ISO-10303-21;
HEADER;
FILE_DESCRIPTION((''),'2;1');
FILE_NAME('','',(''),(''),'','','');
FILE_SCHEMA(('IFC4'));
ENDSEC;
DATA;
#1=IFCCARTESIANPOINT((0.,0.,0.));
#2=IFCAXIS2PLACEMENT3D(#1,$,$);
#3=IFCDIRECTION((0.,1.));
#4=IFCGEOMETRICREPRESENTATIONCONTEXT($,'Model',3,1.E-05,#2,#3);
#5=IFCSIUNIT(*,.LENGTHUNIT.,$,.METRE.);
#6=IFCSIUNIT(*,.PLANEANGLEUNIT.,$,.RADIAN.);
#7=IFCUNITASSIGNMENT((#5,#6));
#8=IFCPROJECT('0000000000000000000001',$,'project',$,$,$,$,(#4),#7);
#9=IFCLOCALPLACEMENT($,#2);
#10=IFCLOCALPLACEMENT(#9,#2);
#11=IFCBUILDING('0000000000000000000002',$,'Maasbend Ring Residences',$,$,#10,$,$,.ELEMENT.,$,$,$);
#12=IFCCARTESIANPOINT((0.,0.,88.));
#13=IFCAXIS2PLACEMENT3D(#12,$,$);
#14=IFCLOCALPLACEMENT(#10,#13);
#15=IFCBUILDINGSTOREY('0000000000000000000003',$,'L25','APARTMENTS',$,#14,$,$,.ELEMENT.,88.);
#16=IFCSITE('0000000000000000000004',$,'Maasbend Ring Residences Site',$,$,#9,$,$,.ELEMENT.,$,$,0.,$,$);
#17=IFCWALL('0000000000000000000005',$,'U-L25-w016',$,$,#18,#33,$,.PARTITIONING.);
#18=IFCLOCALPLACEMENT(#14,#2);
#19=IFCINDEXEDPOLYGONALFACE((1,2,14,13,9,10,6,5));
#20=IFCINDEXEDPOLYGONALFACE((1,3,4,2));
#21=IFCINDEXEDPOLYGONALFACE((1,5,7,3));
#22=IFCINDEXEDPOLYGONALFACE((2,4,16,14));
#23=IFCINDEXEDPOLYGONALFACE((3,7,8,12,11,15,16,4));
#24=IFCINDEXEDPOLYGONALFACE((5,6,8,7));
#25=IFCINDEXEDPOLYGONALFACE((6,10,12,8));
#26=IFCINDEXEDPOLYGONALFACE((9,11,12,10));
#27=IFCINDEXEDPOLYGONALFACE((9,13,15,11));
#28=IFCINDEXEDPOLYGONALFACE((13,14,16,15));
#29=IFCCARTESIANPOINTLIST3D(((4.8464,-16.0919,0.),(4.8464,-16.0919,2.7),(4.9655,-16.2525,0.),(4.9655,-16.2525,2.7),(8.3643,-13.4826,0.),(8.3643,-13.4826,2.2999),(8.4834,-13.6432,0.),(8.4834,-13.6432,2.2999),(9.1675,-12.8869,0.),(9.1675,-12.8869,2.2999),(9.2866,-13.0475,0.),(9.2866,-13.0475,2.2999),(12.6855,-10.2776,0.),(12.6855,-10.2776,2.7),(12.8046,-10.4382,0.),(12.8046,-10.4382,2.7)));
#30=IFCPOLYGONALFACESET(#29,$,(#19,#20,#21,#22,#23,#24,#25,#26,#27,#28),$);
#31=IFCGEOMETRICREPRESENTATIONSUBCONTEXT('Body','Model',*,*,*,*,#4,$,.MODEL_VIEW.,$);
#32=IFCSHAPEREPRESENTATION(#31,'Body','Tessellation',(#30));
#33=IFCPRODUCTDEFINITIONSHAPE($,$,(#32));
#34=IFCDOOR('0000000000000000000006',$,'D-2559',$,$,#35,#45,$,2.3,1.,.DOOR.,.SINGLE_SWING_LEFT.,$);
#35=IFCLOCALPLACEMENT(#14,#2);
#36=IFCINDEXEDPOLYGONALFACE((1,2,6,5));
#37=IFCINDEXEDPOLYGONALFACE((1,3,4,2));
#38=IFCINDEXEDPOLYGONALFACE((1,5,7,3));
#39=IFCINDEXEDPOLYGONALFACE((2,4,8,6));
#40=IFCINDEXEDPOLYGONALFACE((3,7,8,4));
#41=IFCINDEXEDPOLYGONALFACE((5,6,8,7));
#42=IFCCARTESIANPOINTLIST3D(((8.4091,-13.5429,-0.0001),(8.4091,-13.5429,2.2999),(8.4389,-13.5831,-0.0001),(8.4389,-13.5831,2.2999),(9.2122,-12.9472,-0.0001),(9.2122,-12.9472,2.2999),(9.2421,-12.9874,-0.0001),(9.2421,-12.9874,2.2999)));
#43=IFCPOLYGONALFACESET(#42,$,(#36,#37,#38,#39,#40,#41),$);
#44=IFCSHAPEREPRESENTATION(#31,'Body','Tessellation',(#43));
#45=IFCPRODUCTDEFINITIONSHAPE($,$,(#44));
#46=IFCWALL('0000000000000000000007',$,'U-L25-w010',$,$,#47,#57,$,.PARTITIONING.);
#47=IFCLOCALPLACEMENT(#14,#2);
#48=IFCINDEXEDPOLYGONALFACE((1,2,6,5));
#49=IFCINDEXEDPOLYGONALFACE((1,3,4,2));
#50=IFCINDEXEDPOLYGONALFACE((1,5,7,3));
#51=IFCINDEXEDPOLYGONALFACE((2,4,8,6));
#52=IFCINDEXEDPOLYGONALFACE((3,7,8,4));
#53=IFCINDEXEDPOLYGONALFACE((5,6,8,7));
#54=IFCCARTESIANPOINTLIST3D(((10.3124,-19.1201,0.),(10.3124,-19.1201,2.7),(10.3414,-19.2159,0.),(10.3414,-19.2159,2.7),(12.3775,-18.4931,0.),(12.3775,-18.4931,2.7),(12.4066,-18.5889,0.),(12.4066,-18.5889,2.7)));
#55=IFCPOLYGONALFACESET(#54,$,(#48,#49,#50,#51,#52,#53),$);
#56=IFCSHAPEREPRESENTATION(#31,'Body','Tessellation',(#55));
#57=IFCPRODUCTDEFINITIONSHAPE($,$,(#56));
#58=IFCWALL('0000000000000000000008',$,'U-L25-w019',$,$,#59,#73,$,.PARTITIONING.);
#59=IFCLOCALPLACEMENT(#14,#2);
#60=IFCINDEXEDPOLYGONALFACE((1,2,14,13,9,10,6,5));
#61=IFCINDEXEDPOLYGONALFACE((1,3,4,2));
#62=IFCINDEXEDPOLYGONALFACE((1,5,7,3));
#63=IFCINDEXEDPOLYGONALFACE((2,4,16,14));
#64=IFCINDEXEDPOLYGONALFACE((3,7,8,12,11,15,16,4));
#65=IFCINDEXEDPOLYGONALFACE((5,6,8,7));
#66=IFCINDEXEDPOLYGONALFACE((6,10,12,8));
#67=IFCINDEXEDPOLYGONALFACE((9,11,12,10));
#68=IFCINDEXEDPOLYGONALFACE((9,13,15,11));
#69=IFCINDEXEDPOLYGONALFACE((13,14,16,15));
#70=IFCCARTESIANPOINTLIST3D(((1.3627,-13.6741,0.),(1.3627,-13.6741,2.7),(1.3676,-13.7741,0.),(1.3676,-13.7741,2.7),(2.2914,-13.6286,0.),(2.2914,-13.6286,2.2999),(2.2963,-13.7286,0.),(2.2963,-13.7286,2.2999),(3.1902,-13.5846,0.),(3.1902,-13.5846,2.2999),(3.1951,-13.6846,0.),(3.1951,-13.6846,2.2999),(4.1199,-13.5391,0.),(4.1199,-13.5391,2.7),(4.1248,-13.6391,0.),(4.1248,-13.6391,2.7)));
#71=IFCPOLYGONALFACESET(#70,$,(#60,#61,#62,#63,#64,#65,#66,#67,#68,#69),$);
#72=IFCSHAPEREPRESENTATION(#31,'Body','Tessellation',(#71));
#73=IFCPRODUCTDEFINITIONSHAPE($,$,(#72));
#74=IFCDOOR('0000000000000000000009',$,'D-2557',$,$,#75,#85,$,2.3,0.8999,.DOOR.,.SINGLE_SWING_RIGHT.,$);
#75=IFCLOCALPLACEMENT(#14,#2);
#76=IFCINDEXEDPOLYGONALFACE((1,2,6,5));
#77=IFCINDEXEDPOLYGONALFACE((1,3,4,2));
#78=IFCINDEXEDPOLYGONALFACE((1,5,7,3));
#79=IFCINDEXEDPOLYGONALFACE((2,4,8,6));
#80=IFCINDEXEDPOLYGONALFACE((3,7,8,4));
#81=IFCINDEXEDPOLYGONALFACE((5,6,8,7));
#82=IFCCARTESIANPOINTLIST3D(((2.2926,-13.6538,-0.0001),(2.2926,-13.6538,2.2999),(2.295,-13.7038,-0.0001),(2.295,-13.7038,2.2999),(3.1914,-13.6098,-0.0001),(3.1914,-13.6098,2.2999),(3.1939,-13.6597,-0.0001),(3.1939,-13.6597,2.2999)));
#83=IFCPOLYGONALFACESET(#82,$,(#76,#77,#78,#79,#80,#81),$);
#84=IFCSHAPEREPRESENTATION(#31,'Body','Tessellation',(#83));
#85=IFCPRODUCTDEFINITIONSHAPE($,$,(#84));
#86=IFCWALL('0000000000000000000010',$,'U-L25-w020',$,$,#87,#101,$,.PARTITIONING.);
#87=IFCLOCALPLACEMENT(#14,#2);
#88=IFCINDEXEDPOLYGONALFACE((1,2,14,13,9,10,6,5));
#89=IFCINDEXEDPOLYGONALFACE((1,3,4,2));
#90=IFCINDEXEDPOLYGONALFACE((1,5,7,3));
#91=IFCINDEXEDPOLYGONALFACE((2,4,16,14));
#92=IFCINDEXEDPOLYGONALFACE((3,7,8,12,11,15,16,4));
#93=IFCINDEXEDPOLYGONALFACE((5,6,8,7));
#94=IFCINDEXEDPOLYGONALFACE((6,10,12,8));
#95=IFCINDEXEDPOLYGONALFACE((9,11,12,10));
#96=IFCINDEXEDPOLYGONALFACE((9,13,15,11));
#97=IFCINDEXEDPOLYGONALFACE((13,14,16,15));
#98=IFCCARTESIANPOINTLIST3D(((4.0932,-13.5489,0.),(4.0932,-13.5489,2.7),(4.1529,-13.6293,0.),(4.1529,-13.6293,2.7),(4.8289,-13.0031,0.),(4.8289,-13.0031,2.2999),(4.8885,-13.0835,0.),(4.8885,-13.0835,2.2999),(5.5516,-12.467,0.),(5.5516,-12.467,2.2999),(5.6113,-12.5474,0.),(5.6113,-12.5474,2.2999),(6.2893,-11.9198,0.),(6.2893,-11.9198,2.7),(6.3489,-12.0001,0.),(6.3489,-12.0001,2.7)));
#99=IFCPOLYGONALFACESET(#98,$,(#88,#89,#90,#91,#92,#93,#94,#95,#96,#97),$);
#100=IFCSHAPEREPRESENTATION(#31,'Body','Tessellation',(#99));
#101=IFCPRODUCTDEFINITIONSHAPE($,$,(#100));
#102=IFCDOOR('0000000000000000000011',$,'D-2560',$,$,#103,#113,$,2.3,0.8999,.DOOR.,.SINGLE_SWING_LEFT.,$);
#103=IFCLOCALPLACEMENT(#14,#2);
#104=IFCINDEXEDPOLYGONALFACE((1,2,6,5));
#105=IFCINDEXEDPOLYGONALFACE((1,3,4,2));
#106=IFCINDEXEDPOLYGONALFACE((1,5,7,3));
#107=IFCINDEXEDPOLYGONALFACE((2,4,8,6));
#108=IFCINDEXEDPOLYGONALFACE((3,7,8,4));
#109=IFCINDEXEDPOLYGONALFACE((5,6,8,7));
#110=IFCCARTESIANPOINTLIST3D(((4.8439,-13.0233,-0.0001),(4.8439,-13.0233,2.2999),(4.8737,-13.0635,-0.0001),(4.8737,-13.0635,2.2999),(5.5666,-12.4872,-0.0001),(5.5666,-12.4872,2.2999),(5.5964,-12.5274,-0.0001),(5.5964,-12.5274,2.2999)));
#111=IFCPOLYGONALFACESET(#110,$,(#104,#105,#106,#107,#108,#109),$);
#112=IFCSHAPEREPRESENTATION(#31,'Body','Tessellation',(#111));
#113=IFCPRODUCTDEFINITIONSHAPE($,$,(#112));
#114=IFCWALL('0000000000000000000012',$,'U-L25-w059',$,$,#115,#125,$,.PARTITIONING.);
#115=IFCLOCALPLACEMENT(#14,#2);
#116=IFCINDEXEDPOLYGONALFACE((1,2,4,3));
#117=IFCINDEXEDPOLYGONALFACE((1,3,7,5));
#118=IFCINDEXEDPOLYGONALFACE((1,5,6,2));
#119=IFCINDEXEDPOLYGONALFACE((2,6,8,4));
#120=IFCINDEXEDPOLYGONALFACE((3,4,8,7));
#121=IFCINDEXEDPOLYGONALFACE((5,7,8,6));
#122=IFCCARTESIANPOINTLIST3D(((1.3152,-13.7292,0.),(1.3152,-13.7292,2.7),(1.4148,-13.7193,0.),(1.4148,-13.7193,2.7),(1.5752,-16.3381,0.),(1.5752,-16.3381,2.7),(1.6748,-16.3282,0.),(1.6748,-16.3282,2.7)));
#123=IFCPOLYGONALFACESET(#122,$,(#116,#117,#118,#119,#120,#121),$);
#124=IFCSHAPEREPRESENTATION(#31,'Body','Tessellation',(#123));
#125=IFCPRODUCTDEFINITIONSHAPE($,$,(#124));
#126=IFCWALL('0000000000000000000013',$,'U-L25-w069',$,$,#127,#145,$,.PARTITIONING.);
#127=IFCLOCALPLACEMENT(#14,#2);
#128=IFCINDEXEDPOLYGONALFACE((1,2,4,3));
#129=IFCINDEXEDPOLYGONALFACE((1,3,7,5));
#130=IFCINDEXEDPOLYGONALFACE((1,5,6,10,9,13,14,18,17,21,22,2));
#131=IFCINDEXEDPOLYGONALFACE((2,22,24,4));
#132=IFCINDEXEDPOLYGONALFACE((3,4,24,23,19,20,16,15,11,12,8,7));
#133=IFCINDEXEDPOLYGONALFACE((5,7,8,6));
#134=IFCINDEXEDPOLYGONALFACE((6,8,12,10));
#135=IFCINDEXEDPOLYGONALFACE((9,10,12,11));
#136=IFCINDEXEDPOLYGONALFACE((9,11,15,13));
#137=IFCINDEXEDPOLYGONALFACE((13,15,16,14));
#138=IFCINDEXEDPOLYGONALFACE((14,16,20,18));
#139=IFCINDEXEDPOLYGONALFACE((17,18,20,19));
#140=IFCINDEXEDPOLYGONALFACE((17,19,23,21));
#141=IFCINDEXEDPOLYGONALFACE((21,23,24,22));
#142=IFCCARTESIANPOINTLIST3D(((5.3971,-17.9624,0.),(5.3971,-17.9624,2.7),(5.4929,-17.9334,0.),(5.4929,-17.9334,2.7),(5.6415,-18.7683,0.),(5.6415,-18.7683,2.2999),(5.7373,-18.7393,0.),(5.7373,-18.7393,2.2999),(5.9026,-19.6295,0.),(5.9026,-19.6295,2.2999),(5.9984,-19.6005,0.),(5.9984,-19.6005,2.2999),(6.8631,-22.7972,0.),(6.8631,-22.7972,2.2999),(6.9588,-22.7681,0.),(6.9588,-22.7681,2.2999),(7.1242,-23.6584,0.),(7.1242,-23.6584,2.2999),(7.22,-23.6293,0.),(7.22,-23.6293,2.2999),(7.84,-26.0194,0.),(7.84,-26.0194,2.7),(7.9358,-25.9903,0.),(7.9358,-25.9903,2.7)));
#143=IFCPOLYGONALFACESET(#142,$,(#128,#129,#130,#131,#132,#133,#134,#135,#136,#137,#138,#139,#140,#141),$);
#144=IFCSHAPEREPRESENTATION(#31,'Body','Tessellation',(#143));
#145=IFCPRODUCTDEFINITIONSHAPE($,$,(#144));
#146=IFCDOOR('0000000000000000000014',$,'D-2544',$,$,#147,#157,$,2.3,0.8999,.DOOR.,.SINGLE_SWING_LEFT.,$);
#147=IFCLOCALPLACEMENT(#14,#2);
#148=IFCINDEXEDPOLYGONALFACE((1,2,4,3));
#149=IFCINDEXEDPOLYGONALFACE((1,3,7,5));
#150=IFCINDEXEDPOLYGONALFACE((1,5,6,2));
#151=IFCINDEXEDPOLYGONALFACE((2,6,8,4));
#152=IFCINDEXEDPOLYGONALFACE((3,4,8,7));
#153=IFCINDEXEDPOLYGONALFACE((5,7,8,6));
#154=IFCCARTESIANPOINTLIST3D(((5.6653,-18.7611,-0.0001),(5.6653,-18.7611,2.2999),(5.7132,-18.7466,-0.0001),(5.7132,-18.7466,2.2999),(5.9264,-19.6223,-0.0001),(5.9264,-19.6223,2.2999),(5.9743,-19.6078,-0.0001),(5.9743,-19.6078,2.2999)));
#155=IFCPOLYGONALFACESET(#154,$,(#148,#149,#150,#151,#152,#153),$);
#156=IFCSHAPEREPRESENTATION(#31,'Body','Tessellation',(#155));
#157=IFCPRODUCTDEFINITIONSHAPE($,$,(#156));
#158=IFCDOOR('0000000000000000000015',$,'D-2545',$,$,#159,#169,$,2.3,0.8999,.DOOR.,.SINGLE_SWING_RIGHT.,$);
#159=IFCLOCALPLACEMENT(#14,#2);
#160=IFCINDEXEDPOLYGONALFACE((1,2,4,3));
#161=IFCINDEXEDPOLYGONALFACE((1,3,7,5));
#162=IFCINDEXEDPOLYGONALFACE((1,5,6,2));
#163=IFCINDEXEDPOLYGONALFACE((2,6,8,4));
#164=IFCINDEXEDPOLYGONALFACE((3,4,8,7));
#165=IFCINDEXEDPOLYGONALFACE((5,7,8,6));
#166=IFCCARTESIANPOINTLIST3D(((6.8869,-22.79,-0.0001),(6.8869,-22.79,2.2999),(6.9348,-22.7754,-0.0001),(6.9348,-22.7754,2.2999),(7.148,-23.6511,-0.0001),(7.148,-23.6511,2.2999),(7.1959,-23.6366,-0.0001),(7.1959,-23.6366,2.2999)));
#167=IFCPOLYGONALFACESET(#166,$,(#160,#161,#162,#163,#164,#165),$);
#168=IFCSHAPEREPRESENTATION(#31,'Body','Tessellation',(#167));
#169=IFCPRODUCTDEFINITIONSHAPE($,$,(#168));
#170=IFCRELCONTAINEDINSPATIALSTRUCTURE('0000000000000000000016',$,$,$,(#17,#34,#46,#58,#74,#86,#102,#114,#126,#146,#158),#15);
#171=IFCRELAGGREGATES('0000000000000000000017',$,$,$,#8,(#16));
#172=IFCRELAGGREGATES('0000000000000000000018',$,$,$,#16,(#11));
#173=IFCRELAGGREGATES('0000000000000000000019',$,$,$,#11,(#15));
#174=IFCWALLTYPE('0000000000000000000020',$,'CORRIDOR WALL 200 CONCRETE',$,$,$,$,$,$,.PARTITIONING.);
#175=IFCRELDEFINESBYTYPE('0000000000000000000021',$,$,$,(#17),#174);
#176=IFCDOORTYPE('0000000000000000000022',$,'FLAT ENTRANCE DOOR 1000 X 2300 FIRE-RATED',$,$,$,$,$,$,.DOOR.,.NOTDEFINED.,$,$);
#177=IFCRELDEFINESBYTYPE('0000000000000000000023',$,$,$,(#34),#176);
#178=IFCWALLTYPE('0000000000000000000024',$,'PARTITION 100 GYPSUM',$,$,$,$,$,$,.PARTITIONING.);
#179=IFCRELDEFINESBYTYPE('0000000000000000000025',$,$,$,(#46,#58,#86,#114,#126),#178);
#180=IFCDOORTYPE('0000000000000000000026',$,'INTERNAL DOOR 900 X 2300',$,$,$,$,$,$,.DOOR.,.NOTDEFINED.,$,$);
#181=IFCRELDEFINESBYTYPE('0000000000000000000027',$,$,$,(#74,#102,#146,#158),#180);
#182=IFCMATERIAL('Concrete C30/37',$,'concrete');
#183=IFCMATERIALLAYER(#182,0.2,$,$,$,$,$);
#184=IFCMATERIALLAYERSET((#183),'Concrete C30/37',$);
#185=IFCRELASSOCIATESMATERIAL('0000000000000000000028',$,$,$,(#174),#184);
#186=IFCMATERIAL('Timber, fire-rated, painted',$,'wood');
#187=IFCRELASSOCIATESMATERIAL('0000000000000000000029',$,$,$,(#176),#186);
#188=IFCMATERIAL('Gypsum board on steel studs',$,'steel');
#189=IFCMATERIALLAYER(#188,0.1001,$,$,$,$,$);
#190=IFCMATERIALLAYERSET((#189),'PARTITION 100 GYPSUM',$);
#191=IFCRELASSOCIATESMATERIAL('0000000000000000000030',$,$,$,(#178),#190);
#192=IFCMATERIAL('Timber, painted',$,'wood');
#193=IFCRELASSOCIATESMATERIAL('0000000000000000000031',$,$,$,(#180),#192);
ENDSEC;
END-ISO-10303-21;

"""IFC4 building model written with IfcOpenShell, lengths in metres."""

from ifc_helpers import new_model, si_unit, direction, frame, frame_2d, origin, place, context, subcontext, project, spatial, rectangle, extrude, material, layer, layer_set, type_object, element, fill, save


model = new_model("IFC4")

# Units and contexts
model_context = context("Model", 3, precision=1e-05, world=origin(), true_north=direction((0.0, 1.0)))
body_context = subcontext(model_context, "Body", "Model", "MODEL_VIEW")
ifc_project = project(units=[si_unit("LENGTHUNIT", "METRE"), si_unit("PLANEANGLEUNIT", "RADIAN")], contexts=[model_context])

# Site, building, storey
site_placement = place(None, origin())
site = spatial("IfcSite", under=ifc_project, at=site_placement, Name="Maasbend Ring Residences Site", CompositionType="ELEMENT", RefElevation=0.0)
building_placement = place(site_placement, origin())
building = spatial("IfcBuilding", under=site, at=building_placement, Name="Maasbend Ring Residences", CompositionType="ELEMENT")
storey_placement = place(building_placement, frame((0.0, 0.0, 88.0)))
storey = spatial("IfcBuildingStorey", under=building, at=storey_placement, Name="L25", Description="APARTMENTS", CompositionType="ELEMENT", Elevation=88.0)

# Wall, opening, door
ifc_material_1 = material(Name="Concrete C30/37", Category="concrete")
ifc_layer_1 = layer(ifc_material_1, 0.2)
ifc_layer_set_1 = layer_set([ifc_layer_1], Name="Concrete C30/37")
wall_type_1 = type_object("IfcWallType", Name="CORRIDOR WALL 200 CONCRETE", PredefinedType="PARTITIONING", material=ifc_layer_set_1)
ifc_material_2 = material(Name="Timber, fire-rated, painted", Category="wood")
door_type_1 = type_object("IfcDoorType", Name="FLAT ENTRANCE DOOR 1000 X 2300 FIRE-RATED", OperationType="NOTDEFINED", PredefinedType="DOOR", material=ifc_material_2)
wall_1_placement = place(storey_placement, frame((4.906, -16.1721, 0.0), z_axis=(0.0, 0.0, 1.0), x_axis=(0.803191, 0.595721, 0.0)))
wall_1 = element("IfcWall", 1, at=wall_1_placement, inside=storey, type_object=wall_type_1, Name="U-L25-w016", PredefinedType="PARTITIONING", context=body_context, shape_type="SweptSolid", body=[
    extrude(rectangle(XDim=9.76, YDim=0.2, at=frame_2d((4.8799, 0.0))), origin(), (0.0, 0.0, 1.0), 2.7),
])
opening_1_placement = place(wall_1_placement, frame((4.3799, 0.0, 0.0)))
opening_1 = element("IfcOpeningElement", 2, at=opening_1_placement, cuts=wall_1, PredefinedType="OPENING", context=body_context, shape_type="SweptSolid", body=[
    extrude(rectangle(XDim=1.0, YDim=2.3, at=frame_2d((0.5, 1.1499))), frame((0.0, 0.1099, 0.0), z_axis=(0.0, -1.0, 0.0), x_axis=(1.0, 0.0, 0.0)), (0.0, 0.0, 1.0), 0.22),
])
door_1_placement = place(opening_1_placement, origin())
door_1 = element("IfcDoor", 3, at=door_1_placement, inside=storey, type_object=door_type_1, Name="D-2559", OperationType="SINGLE_SWING_LEFT", OverallHeight=2.3, OverallWidth=1.0, PredefinedType="DOOR", context=body_context, shape_type="SweptSolid", body=[
    extrude(rectangle(XDim=1.0, YDim=2.3, at=frame_2d((0.5, 1.1499))), frame((0.0, 0.0249, 0.0), z_axis=(0.0, -1.0, 0.0), x_axis=(1.0, 0.0, 0.0)), (0.0, 0.0, 1.0), 0.05),
])
fill(opening_1, door_1)

# Wall
ifc_material_3 = material(Name="Gypsum board on steel studs", Category="steel")
ifc_layer_2 = layer(ifc_material_3, 0.1001)
ifc_layer_set_2 = layer_set([ifc_layer_2], Name="PARTITION 100 GYPSUM")
wall_type_2 = type_object("IfcWallType", Name="PARTITION 100 GYPSUM", PredefinedType="PARTITIONING", material=ifc_layer_set_2)
wall_2_placement = place(storey_placement, frame((10.3269, -19.168, 0.0), z_axis=(0.0, 0.0, 1.0), x_axis=(0.956878, 0.290491, 0.0)))
element("IfcWall", 4, at=wall_2_placement, inside=storey, type_object=wall_type_2, Name="U-L25-w010", PredefinedType="PARTITIONING", context=body_context, shape_type="SweptSolid", body=[
    extrude(rectangle(XDim=2.1582, YDim=0.1001, at=frame_2d((1.0791, 0.0))), origin(), (0.0, 0.0, 1.0), 2.7),
])

# Walls, openings, doors
wall_3_placement = place(storey_placement, frame((1.365, -13.7241, 0.0), z_axis=(0.0, 0.0, 1.0), x_axis=(0.998803, 0.04891, 0.0)))
wall_3 = element("IfcWall", 5, at=wall_3_placement, inside=storey, type_object=wall_type_2, Name="U-L25-w019", PredefinedType="PARTITIONING", context=body_context, shape_type="SweptSolid", body=[
    extrude(rectangle(XDim=2.7605, YDim=0.1001, at=frame_2d((1.3804, 0.0))), origin(), (0.0, 0.0, 1.0), 2.7),
])
opening_2_placement = place(wall_3_placement, frame((0.9299, 0.0, 0.0)))
opening_2 = element("IfcOpeningElement", 6, at=opening_2_placement, cuts=wall_3, PredefinedType="OPENING", context=body_context, shape_type="SweptSolid", body=[
    extrude(rectangle(XDim=0.8999, YDim=2.3, at=frame_2d((0.45, 1.1499))), frame((0.0, 0.0601, 0.0), z_axis=(0.0, -1.0, 0.0), x_axis=(1.0, 0.0, 0.0)), (0.0, 0.0, 1.0), 0.1201),
])
ifc_material_4 = material(Name="Timber, painted", Category="wood")
door_type_2 = type_object("IfcDoorType", Name="INTERNAL DOOR 900 X 2300", OperationType="NOTDEFINED", PredefinedType="DOOR", material=ifc_material_4)
door_2_placement = place(opening_2_placement, origin())
door_2 = element("IfcDoor", 7, at=door_2_placement, inside=storey, type_object=door_type_2, Name="D-2557", OperationType="SINGLE_SWING_RIGHT", OverallHeight=2.3, OverallWidth=0.8999, PredefinedType="DOOR", context=body_context, shape_type="SweptSolid", body=[
    extrude(rectangle(XDim=0.8999, YDim=2.3, at=frame_2d((0.45, 1.1499))), frame((0.0, 0.0249, 0.0), z_axis=(0.0, -1.0, 0.0), x_axis=(1.0, 0.0, 0.0)), (0.0, 0.0, 1.0), 0.05),
])
fill(opening_2, door_2)
wall_4_placement = place(storey_placement, frame((4.123, -13.5891, 0.0), z_axis=(0.0, 0.0, 1.0), x_axis=(0.803128, 0.595806, 0.0)))
wall_4 = element("IfcWall", 8, at=wall_4_placement, inside=storey, type_object=wall_type_2, Name="U-L25-w020", PredefinedType="PARTITIONING", context=body_context, shape_type="SweptSolid", body=[
    extrude(rectangle(XDim=2.7344, YDim=0.1001, at=frame_2d((1.3672, 0.0))), origin(), (0.0, 0.0, 1.0), 2.7),
])
opening_3_placement = place(wall_4_placement, frame((0.916, 0.0, 0.0)))
opening_3 = element("IfcOpeningElement", 9, at=opening_3_placement, cuts=wall_4, PredefinedType="OPENING", context=body_context, shape_type="SweptSolid", body=[
    extrude(rectangle(XDim=0.8999, YDim=2.3, at=frame_2d((0.45, 1.1499))), frame((0.0, 0.0601, 0.0), z_axis=(0.0, -1.0, 0.0), x_axis=(1.0, 0.0, 0.0)), (0.0, 0.0, 1.0), 0.1201),
])
door_3_placement = place(opening_3_placement, origin())
door_3 = element("IfcDoor", 10, at=door_3_placement, inside=storey, type_object=door_type_2, Name="D-2560", OperationType="SINGLE_SWING_LEFT", OverallHeight=2.3, OverallWidth=0.8999, PredefinedType="DOOR", context=body_context, shape_type="SweptSolid", body=[
    extrude(rectangle(XDim=0.8999, YDim=2.3, at=frame_2d((0.45, 1.1499))), frame((0.0, 0.0249, 0.0), z_axis=(0.0, -1.0, 0.0), x_axis=(1.0, 0.0, 0.0)), (0.0, 0.0, 1.0), 0.05),
])
fill(opening_3, door_3)

# Wall
wall_5_placement = place(storey_placement, frame((1.365, -13.7241, 0.0), z_axis=(0.0, 0.0, 1.0), x_axis=(0.099172, -0.99507, 0.0)))
element("IfcWall", 11, at=wall_5_placement, inside=storey, type_object=wall_type_2, Name="U-L25-w059", PredefinedType="PARTITIONING", context=body_context, shape_type="SweptSolid", body=[
    extrude(rectangle(XDim=2.6218, YDim=0.1001, at=frame_2d((1.311, 0.0))), origin(), (0.0, 0.0, 1.0), 2.7),
])

# Wall, openings, doors
wall_6_placement = place(storey_placement, frame((5.4451, -17.948, 0.0), z_axis=(0.0, 0.0, 1.0), x_axis=(0.290159, -0.956979, 0.0)))
wall_6 = element("IfcWall", 12, at=wall_6_placement, inside=storey, type_object=wall_type_2, Name="U-L25-w069", PredefinedType="PARTITIONING", context=body_context, shape_type="SweptSolid", body=[
    extrude(rectangle(XDim=8.4192, YDim=0.1001, at=frame_2d((4.2095, 0.0))), origin(), (0.0, 0.0, 1.0), 2.7),
])
opening_4_placement = place(wall_6_placement, frame((0.842, 0.0, 0.0)))
opening_4 = element("IfcOpeningElement", 13, at=opening_4_placement, cuts=wall_6, PredefinedType="OPENING", context=body_context, shape_type="SweptSolid", body=[
    extrude(rectangle(XDim=0.8999, YDim=2.3, at=frame_2d((0.45, 1.1499))), frame((0.0, 0.0601, 0.0), z_axis=(0.0, -1.0, 0.0), x_axis=(1.0, 0.0, 0.0)), (0.0, 0.0, 1.0), 0.1201),
])
opening_5_placement = place(wall_6_placement, frame((5.052, 0.0, 0.0)))
opening_5 = element("IfcOpeningElement", 14, at=opening_5_placement, cuts=wall_6, PredefinedType="OPENING", context=body_context, shape_type="SweptSolid", body=[
    extrude(rectangle(XDim=0.8999, YDim=2.3, at=frame_2d((0.45, 1.1499))), frame((0.0, 0.0601, 0.0), z_axis=(0.0, -1.0, 0.0), x_axis=(1.0, 0.0, 0.0)), (0.0, 0.0, 1.0), 0.1201),
])
door_4_placement = place(opening_4_placement, origin())
door_4 = element("IfcDoor", 15, at=door_4_placement, inside=storey, type_object=door_type_2, Name="D-2544", OperationType="SINGLE_SWING_LEFT", OverallHeight=2.3, OverallWidth=0.8999, PredefinedType="DOOR", context=body_context, shape_type="SweptSolid", body=[
    extrude(rectangle(XDim=0.8999, YDim=2.3, at=frame_2d((0.45, 1.1499))), frame((0.0, 0.0249, 0.0), z_axis=(0.0, -1.0, 0.0), x_axis=(1.0, 0.0, 0.0)), (0.0, 0.0, 1.0), 0.05),
])
fill(opening_4, door_4)
door_5_placement = place(opening_5_placement, origin())
door_5 = element("IfcDoor", 16, at=door_5_placement, inside=storey, type_object=door_type_2, Name="D-2545", OperationType="SINGLE_SWING_RIGHT", OverallHeight=2.3, OverallWidth=0.8999, PredefinedType="DOOR", context=body_context, shape_type="SweptSolid", body=[
    extrude(rectangle(XDim=0.8999, YDim=2.3, at=frame_2d((0.45, 1.1499))), frame((0.0, 0.0249, 0.0), z_axis=(0.0, -1.0, 0.0), x_axis=(1.0, 0.0, 0.0)), (0.0, 0.0, 1.0), 0.05),
])
fill(opening_5, door_5)

save(model, "model.ifc")
